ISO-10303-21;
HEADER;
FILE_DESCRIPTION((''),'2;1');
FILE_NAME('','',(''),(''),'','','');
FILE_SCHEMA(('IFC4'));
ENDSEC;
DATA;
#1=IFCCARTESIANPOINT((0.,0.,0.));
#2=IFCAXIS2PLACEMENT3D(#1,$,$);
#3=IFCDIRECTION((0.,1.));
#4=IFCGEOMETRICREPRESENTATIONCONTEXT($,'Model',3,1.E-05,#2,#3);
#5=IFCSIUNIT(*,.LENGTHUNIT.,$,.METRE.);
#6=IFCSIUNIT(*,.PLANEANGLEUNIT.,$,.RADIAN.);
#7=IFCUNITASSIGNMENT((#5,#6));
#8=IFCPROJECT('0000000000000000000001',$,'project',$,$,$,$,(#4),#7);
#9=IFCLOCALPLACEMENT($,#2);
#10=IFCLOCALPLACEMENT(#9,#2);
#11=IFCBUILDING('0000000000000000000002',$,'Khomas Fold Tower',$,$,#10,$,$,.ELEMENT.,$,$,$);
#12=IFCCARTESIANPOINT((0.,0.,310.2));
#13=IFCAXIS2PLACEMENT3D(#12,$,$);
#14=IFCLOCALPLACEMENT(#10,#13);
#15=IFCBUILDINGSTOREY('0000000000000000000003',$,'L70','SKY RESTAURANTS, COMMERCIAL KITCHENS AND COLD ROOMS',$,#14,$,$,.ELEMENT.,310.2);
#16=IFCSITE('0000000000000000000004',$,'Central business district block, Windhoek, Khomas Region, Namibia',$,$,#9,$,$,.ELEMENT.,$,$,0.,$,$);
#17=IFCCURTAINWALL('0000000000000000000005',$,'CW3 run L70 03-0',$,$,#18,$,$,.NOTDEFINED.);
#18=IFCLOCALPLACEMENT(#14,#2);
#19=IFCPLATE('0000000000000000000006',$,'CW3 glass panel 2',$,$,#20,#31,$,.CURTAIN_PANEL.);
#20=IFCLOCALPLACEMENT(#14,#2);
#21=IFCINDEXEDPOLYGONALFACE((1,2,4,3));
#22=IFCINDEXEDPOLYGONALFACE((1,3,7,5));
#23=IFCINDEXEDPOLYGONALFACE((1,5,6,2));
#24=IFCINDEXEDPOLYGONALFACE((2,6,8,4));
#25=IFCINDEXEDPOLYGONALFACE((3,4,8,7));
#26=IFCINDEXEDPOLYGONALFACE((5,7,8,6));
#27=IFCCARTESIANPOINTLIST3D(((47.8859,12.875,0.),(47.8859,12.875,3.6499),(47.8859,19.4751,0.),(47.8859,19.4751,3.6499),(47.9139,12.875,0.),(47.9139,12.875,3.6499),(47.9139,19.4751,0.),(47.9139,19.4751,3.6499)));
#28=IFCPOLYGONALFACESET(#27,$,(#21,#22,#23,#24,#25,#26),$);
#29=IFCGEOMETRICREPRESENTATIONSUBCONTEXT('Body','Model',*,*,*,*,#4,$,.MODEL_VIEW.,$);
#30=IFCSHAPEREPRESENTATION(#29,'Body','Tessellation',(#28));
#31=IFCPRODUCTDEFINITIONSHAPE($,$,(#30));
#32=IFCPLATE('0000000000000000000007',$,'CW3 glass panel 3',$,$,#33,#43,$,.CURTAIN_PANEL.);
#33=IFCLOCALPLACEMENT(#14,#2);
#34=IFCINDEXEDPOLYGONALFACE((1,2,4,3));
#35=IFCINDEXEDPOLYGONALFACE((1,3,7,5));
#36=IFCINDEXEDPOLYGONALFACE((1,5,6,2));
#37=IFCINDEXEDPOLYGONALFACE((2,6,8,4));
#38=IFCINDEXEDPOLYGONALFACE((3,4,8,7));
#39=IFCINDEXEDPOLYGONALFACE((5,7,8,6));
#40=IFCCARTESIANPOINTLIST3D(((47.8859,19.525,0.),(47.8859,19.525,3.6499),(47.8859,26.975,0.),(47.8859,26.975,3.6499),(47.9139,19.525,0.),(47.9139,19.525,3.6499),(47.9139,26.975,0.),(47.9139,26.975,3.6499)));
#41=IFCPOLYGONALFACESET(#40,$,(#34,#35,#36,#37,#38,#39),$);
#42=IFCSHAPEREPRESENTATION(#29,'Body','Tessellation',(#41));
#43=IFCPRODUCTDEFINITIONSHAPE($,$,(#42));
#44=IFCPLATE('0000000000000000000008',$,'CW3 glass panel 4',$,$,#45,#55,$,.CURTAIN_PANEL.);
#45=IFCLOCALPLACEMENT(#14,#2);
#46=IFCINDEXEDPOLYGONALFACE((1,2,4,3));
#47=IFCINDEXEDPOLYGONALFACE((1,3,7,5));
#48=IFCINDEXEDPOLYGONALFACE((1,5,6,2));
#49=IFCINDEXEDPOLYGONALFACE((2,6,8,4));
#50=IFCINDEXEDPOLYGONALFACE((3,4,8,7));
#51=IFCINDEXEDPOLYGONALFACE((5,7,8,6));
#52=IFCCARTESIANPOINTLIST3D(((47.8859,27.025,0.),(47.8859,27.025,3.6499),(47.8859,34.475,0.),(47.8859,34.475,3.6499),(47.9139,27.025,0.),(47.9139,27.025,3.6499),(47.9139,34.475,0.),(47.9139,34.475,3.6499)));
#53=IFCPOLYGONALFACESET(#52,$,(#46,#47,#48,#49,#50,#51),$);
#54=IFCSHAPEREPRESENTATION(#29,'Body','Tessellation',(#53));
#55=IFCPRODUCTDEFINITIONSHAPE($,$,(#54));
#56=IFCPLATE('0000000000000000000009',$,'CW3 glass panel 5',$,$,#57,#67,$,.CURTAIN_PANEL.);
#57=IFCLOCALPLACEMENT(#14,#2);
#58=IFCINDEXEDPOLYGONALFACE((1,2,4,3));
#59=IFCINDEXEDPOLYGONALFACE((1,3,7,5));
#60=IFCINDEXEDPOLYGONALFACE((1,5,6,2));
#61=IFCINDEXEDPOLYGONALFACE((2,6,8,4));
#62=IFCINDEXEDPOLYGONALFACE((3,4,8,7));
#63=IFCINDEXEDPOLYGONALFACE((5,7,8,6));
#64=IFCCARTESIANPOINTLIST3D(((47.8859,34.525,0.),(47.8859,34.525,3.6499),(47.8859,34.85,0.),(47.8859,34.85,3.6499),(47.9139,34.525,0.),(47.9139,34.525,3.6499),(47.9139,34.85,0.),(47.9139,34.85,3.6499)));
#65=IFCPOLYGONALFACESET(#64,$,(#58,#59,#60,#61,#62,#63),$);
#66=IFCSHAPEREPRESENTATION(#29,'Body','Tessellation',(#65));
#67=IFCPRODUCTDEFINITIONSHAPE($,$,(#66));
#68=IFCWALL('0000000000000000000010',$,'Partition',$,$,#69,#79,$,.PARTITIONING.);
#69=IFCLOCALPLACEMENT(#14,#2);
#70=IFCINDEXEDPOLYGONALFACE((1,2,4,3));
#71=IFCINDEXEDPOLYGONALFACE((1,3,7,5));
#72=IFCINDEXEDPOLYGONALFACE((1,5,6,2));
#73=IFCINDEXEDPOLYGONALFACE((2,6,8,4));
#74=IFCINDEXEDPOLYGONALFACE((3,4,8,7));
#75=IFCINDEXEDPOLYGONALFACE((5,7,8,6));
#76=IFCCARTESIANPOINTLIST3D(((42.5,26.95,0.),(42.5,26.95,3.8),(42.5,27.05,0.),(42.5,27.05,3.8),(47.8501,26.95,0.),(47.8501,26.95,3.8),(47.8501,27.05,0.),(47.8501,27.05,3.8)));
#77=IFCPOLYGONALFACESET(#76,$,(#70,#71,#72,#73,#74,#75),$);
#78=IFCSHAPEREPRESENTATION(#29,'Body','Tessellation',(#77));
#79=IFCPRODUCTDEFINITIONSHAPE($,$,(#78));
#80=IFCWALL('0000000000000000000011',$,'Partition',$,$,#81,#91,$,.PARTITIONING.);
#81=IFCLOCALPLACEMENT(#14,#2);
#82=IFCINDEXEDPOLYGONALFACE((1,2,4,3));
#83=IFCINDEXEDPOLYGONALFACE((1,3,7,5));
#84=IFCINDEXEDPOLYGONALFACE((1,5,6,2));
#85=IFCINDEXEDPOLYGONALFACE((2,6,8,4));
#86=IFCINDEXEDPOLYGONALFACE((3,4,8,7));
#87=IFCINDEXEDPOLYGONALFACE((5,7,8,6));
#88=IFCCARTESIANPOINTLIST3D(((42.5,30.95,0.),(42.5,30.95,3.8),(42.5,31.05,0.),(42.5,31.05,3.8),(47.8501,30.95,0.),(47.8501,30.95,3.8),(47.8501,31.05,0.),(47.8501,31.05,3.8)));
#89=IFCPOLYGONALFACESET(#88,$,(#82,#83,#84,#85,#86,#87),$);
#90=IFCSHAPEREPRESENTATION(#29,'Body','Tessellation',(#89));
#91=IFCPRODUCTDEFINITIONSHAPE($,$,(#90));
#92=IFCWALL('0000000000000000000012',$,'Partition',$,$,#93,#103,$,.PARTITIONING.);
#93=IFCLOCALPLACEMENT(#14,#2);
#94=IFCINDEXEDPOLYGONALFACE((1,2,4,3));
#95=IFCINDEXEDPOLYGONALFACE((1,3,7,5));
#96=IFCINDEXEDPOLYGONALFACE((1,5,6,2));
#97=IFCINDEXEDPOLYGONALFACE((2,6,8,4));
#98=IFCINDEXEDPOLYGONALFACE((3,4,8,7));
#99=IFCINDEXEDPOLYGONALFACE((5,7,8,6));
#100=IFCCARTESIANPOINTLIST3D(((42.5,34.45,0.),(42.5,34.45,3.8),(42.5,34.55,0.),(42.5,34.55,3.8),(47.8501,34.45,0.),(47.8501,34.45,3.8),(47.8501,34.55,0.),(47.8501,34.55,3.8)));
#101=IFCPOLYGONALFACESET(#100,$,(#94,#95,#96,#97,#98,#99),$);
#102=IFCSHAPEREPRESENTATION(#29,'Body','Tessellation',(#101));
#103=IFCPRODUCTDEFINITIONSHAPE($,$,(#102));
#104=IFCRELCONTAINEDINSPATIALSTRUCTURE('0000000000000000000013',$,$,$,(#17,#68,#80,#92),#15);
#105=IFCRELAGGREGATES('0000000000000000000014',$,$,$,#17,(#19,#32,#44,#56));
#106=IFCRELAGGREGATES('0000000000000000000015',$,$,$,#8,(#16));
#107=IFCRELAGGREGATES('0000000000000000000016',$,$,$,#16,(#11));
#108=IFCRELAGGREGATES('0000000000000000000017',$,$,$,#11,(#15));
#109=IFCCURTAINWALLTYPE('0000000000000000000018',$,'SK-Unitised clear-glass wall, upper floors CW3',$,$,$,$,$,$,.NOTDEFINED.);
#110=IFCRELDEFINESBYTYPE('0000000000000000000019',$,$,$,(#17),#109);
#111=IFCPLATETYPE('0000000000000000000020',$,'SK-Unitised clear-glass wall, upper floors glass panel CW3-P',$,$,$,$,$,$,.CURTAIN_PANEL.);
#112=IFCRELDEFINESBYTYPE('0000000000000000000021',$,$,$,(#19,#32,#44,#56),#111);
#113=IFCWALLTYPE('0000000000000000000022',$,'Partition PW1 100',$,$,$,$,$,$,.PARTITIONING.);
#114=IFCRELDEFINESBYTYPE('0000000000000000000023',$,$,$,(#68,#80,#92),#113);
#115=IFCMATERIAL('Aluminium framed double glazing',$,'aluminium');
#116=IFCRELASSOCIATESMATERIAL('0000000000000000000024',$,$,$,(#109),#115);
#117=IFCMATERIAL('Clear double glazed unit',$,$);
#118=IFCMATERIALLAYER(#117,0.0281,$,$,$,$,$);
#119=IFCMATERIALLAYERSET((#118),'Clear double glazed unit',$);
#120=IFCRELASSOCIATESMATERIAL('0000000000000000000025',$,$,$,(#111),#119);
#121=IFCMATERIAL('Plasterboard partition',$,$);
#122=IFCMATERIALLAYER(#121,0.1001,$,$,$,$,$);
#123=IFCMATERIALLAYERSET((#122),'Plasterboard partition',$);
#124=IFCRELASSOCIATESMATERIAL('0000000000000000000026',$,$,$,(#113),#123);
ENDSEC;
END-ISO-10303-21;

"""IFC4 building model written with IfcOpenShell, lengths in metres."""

from ifc_helpers import new_model, si_unit, direction, frame, frame_2d, origin, origin_2d, place, context, subcontext, project, spatial, rectangle, extrude, source, transform, mapped, material, layer, layer_set, type_object, element, aggregate, save


model = new_model("IFC4")

# Units and contexts
model_context = context("Model", 3, precision=1e-05, world=origin(), true_north=direction((0.0, 1.0)))
body_context = subcontext(model_context, "Body", "Model", "MODEL_VIEW")
ifc_project = project(units=[si_unit("LENGTHUNIT", "METRE"), si_unit("PLANEANGLEUNIT", "RADIAN")], contexts=[model_context])

# Site, building, storey
site_placement = place(None, origin())
site = spatial("IfcSite", under=ifc_project, at=site_placement, Name="Central business district block, Windhoek, Khomas Region, Namibia", CompositionType="ELEMENT", RefElevation=0.0)
building_placement = place(site_placement, origin())
building = spatial("IfcBuilding", under=site, at=building_placement, Name="Khomas Fold Tower", CompositionType="ELEMENT")
storey_placement = place(building_placement, frame((0.0, 0.0, 310.2)))
storey = spatial("IfcBuildingStorey", under=building, at=storey_placement, Name="L70", Description="SKY RESTAURANTS, COMMERCIAL KITCHENS AND COLD ROOMS", CompositionType="ELEMENT", Elevation=310.2)

# Curtain wall, plates
ifc_material_1 = material(Name="Aluminium framed double glazing", Category="aluminium")
curtain_wall_type = type_object("IfcCurtainWallType", Name="SK-Unitised clear-glass wall, upper floors CW3", PredefinedType="NOTDEFINED", material=ifc_material_1)
curtain_wall_placement = place(storey_placement, origin())
curtain_wall = element("IfcCurtainWall", 1, at=curtain_wall_placement, inside=storey, type_object=curtain_wall_type, Name="CW3 run L70 03-0", PredefinedType="NOTDEFINED")
ifc_material_2 = material(Name="Clear double glazed unit")
ifc_layer_1 = layer(ifc_material_2, 0.0281)
ifc_layer_set_1 = layer_set([ifc_layer_1], Name="Clear double glazed unit")
plate_type = type_object("IfcPlateType", Name="SK-Unitised clear-glass wall, upper floors glass panel CW3-P", PredefinedType="CURTAIN_PANEL", material=ifc_layer_set_1)
shared_shape_1 = source(origin(), body_context, "Body", "SweptSolid", [
    extrude(rectangle(XDim=6.6001, YDim=0.0281, at=origin_2d()), origin(), (0.0, 0.0, 1.0), 3.6499),
])
plate_1_placement = place(storey_placement, frame((47.8999, 16.175, 0.0), z_axis=(0.0, 0.0, 1.0), x_axis=(0.0, 1.0, 0.0)))
plate_1 = element("IfcPlate", 2, at=plate_1_placement, type_object=plate_type, Name="CW3 glass panel 2", PredefinedType="CURTAIN_PANEL", context=body_context, shape_type="MappedRepresentation", body=[
    mapped(shared_shape_1, transform((0.0, 0.0, 0.0))),
])
shared_shape_2 = source(origin(), body_context, "Body", "SweptSolid", [
    extrude(rectangle(XDim=7.45, YDim=0.0281, at=origin_2d()), origin(), (0.0, 0.0, 1.0), 3.6499),
])
plate_2_placement = place(storey_placement, frame((47.8999, 23.25, 0.0), z_axis=(0.0, 0.0, 1.0), x_axis=(0.0, 1.0, 0.0)))
plate_2 = element("IfcPlate", 3, at=plate_2_placement, type_object=plate_type, Name="CW3 glass panel 3", PredefinedType="CURTAIN_PANEL", context=body_context, shape_type="MappedRepresentation", body=[
    mapped(shared_shape_2, transform((0.0, 0.0, 0.0))),
])
plate_3_placement = place(storey_placement, frame((47.8999, 30.75, 0.0), z_axis=(0.0, 0.0, 1.0), x_axis=(0.0, 1.0, 0.0)))
plate_3 = element("IfcPlate", 4, at=plate_3_placement, type_object=plate_type, Name="CW3 glass panel 4", PredefinedType="CURTAIN_PANEL", context=body_context, shape_type="MappedRepresentation", body=[
    mapped(shared_shape_2, transform((0.0, 0.0, 0.0))),
])
shared_shape_3 = source(origin(), body_context, "Body", "SweptSolid", [
    extrude(rectangle(XDim=0.325, YDim=0.0281, at=origin_2d()), origin(), (0.0, 0.0, 1.0), 3.6499),
])
plate_4_placement = place(storey_placement, frame((47.8999, 34.6875, 0.0), z_axis=(0.0, 0.0, 1.0), x_axis=(0.0, 1.0, 0.0)))
plate_4 = element("IfcPlate", 5, at=plate_4_placement, type_object=plate_type, Name="CW3 glass panel 5", PredefinedType="CURTAIN_PANEL", context=body_context, shape_type="MappedRepresentation", body=[
    mapped(shared_shape_3, transform((0.0, 0.0, 0.0))),
])
aggregate(curtain_wall, [plate_1, plate_2, plate_3, plate_4])

# Walls
ifc_material_3 = material(Name="Plasterboard partition")
ifc_layer_2 = layer(ifc_material_3, 0.1001)
ifc_layer_set_2 = layer_set([ifc_layer_2], Name="Plasterboard partition")
wall_type = type_object("IfcWallType", Name="Partition PW1 100", PredefinedType="PARTITIONING", material=ifc_layer_set_2)
shared_shape_4 = source(origin(), body_context, "Body", "SweptSolid", [
    extrude(rectangle(XDim=5.3501, YDim=0.1001, at=frame_2d((2.675, 0.0))), origin(), (0.0, 0.0, 1.0), 3.8),
])
for number, where, z_axis, x_axis, name in (
    (6, (42.5, 27.0, 0.0), (0.0, 0.0, 1.0), (1.0, 0.0, 0.0), "Partition"),
    (7, (42.5, 31.0, 0.0), (0.0, 0.0, 1.0), (1.0, 0.0, 0.0), "Partition"),
    (8, (42.5, 34.5, 0.0), (0.0, 0.0, 1.0), (1.0, 0.0, 0.0), "Partition"),
):
    element("IfcWall", number, at=place(storey_placement, frame(where, z_axis=z_axis, x_axis=x_axis)), inside=storey, type_object=wall_type, Name=name, PredefinedType="PARTITIONING", context=body_context, shape_type="MappedRepresentation", body=[
        mapped(shared_shape_4, transform((0.0, 0.0, 0.0))),
    ])

save(model, "model.ifc")
